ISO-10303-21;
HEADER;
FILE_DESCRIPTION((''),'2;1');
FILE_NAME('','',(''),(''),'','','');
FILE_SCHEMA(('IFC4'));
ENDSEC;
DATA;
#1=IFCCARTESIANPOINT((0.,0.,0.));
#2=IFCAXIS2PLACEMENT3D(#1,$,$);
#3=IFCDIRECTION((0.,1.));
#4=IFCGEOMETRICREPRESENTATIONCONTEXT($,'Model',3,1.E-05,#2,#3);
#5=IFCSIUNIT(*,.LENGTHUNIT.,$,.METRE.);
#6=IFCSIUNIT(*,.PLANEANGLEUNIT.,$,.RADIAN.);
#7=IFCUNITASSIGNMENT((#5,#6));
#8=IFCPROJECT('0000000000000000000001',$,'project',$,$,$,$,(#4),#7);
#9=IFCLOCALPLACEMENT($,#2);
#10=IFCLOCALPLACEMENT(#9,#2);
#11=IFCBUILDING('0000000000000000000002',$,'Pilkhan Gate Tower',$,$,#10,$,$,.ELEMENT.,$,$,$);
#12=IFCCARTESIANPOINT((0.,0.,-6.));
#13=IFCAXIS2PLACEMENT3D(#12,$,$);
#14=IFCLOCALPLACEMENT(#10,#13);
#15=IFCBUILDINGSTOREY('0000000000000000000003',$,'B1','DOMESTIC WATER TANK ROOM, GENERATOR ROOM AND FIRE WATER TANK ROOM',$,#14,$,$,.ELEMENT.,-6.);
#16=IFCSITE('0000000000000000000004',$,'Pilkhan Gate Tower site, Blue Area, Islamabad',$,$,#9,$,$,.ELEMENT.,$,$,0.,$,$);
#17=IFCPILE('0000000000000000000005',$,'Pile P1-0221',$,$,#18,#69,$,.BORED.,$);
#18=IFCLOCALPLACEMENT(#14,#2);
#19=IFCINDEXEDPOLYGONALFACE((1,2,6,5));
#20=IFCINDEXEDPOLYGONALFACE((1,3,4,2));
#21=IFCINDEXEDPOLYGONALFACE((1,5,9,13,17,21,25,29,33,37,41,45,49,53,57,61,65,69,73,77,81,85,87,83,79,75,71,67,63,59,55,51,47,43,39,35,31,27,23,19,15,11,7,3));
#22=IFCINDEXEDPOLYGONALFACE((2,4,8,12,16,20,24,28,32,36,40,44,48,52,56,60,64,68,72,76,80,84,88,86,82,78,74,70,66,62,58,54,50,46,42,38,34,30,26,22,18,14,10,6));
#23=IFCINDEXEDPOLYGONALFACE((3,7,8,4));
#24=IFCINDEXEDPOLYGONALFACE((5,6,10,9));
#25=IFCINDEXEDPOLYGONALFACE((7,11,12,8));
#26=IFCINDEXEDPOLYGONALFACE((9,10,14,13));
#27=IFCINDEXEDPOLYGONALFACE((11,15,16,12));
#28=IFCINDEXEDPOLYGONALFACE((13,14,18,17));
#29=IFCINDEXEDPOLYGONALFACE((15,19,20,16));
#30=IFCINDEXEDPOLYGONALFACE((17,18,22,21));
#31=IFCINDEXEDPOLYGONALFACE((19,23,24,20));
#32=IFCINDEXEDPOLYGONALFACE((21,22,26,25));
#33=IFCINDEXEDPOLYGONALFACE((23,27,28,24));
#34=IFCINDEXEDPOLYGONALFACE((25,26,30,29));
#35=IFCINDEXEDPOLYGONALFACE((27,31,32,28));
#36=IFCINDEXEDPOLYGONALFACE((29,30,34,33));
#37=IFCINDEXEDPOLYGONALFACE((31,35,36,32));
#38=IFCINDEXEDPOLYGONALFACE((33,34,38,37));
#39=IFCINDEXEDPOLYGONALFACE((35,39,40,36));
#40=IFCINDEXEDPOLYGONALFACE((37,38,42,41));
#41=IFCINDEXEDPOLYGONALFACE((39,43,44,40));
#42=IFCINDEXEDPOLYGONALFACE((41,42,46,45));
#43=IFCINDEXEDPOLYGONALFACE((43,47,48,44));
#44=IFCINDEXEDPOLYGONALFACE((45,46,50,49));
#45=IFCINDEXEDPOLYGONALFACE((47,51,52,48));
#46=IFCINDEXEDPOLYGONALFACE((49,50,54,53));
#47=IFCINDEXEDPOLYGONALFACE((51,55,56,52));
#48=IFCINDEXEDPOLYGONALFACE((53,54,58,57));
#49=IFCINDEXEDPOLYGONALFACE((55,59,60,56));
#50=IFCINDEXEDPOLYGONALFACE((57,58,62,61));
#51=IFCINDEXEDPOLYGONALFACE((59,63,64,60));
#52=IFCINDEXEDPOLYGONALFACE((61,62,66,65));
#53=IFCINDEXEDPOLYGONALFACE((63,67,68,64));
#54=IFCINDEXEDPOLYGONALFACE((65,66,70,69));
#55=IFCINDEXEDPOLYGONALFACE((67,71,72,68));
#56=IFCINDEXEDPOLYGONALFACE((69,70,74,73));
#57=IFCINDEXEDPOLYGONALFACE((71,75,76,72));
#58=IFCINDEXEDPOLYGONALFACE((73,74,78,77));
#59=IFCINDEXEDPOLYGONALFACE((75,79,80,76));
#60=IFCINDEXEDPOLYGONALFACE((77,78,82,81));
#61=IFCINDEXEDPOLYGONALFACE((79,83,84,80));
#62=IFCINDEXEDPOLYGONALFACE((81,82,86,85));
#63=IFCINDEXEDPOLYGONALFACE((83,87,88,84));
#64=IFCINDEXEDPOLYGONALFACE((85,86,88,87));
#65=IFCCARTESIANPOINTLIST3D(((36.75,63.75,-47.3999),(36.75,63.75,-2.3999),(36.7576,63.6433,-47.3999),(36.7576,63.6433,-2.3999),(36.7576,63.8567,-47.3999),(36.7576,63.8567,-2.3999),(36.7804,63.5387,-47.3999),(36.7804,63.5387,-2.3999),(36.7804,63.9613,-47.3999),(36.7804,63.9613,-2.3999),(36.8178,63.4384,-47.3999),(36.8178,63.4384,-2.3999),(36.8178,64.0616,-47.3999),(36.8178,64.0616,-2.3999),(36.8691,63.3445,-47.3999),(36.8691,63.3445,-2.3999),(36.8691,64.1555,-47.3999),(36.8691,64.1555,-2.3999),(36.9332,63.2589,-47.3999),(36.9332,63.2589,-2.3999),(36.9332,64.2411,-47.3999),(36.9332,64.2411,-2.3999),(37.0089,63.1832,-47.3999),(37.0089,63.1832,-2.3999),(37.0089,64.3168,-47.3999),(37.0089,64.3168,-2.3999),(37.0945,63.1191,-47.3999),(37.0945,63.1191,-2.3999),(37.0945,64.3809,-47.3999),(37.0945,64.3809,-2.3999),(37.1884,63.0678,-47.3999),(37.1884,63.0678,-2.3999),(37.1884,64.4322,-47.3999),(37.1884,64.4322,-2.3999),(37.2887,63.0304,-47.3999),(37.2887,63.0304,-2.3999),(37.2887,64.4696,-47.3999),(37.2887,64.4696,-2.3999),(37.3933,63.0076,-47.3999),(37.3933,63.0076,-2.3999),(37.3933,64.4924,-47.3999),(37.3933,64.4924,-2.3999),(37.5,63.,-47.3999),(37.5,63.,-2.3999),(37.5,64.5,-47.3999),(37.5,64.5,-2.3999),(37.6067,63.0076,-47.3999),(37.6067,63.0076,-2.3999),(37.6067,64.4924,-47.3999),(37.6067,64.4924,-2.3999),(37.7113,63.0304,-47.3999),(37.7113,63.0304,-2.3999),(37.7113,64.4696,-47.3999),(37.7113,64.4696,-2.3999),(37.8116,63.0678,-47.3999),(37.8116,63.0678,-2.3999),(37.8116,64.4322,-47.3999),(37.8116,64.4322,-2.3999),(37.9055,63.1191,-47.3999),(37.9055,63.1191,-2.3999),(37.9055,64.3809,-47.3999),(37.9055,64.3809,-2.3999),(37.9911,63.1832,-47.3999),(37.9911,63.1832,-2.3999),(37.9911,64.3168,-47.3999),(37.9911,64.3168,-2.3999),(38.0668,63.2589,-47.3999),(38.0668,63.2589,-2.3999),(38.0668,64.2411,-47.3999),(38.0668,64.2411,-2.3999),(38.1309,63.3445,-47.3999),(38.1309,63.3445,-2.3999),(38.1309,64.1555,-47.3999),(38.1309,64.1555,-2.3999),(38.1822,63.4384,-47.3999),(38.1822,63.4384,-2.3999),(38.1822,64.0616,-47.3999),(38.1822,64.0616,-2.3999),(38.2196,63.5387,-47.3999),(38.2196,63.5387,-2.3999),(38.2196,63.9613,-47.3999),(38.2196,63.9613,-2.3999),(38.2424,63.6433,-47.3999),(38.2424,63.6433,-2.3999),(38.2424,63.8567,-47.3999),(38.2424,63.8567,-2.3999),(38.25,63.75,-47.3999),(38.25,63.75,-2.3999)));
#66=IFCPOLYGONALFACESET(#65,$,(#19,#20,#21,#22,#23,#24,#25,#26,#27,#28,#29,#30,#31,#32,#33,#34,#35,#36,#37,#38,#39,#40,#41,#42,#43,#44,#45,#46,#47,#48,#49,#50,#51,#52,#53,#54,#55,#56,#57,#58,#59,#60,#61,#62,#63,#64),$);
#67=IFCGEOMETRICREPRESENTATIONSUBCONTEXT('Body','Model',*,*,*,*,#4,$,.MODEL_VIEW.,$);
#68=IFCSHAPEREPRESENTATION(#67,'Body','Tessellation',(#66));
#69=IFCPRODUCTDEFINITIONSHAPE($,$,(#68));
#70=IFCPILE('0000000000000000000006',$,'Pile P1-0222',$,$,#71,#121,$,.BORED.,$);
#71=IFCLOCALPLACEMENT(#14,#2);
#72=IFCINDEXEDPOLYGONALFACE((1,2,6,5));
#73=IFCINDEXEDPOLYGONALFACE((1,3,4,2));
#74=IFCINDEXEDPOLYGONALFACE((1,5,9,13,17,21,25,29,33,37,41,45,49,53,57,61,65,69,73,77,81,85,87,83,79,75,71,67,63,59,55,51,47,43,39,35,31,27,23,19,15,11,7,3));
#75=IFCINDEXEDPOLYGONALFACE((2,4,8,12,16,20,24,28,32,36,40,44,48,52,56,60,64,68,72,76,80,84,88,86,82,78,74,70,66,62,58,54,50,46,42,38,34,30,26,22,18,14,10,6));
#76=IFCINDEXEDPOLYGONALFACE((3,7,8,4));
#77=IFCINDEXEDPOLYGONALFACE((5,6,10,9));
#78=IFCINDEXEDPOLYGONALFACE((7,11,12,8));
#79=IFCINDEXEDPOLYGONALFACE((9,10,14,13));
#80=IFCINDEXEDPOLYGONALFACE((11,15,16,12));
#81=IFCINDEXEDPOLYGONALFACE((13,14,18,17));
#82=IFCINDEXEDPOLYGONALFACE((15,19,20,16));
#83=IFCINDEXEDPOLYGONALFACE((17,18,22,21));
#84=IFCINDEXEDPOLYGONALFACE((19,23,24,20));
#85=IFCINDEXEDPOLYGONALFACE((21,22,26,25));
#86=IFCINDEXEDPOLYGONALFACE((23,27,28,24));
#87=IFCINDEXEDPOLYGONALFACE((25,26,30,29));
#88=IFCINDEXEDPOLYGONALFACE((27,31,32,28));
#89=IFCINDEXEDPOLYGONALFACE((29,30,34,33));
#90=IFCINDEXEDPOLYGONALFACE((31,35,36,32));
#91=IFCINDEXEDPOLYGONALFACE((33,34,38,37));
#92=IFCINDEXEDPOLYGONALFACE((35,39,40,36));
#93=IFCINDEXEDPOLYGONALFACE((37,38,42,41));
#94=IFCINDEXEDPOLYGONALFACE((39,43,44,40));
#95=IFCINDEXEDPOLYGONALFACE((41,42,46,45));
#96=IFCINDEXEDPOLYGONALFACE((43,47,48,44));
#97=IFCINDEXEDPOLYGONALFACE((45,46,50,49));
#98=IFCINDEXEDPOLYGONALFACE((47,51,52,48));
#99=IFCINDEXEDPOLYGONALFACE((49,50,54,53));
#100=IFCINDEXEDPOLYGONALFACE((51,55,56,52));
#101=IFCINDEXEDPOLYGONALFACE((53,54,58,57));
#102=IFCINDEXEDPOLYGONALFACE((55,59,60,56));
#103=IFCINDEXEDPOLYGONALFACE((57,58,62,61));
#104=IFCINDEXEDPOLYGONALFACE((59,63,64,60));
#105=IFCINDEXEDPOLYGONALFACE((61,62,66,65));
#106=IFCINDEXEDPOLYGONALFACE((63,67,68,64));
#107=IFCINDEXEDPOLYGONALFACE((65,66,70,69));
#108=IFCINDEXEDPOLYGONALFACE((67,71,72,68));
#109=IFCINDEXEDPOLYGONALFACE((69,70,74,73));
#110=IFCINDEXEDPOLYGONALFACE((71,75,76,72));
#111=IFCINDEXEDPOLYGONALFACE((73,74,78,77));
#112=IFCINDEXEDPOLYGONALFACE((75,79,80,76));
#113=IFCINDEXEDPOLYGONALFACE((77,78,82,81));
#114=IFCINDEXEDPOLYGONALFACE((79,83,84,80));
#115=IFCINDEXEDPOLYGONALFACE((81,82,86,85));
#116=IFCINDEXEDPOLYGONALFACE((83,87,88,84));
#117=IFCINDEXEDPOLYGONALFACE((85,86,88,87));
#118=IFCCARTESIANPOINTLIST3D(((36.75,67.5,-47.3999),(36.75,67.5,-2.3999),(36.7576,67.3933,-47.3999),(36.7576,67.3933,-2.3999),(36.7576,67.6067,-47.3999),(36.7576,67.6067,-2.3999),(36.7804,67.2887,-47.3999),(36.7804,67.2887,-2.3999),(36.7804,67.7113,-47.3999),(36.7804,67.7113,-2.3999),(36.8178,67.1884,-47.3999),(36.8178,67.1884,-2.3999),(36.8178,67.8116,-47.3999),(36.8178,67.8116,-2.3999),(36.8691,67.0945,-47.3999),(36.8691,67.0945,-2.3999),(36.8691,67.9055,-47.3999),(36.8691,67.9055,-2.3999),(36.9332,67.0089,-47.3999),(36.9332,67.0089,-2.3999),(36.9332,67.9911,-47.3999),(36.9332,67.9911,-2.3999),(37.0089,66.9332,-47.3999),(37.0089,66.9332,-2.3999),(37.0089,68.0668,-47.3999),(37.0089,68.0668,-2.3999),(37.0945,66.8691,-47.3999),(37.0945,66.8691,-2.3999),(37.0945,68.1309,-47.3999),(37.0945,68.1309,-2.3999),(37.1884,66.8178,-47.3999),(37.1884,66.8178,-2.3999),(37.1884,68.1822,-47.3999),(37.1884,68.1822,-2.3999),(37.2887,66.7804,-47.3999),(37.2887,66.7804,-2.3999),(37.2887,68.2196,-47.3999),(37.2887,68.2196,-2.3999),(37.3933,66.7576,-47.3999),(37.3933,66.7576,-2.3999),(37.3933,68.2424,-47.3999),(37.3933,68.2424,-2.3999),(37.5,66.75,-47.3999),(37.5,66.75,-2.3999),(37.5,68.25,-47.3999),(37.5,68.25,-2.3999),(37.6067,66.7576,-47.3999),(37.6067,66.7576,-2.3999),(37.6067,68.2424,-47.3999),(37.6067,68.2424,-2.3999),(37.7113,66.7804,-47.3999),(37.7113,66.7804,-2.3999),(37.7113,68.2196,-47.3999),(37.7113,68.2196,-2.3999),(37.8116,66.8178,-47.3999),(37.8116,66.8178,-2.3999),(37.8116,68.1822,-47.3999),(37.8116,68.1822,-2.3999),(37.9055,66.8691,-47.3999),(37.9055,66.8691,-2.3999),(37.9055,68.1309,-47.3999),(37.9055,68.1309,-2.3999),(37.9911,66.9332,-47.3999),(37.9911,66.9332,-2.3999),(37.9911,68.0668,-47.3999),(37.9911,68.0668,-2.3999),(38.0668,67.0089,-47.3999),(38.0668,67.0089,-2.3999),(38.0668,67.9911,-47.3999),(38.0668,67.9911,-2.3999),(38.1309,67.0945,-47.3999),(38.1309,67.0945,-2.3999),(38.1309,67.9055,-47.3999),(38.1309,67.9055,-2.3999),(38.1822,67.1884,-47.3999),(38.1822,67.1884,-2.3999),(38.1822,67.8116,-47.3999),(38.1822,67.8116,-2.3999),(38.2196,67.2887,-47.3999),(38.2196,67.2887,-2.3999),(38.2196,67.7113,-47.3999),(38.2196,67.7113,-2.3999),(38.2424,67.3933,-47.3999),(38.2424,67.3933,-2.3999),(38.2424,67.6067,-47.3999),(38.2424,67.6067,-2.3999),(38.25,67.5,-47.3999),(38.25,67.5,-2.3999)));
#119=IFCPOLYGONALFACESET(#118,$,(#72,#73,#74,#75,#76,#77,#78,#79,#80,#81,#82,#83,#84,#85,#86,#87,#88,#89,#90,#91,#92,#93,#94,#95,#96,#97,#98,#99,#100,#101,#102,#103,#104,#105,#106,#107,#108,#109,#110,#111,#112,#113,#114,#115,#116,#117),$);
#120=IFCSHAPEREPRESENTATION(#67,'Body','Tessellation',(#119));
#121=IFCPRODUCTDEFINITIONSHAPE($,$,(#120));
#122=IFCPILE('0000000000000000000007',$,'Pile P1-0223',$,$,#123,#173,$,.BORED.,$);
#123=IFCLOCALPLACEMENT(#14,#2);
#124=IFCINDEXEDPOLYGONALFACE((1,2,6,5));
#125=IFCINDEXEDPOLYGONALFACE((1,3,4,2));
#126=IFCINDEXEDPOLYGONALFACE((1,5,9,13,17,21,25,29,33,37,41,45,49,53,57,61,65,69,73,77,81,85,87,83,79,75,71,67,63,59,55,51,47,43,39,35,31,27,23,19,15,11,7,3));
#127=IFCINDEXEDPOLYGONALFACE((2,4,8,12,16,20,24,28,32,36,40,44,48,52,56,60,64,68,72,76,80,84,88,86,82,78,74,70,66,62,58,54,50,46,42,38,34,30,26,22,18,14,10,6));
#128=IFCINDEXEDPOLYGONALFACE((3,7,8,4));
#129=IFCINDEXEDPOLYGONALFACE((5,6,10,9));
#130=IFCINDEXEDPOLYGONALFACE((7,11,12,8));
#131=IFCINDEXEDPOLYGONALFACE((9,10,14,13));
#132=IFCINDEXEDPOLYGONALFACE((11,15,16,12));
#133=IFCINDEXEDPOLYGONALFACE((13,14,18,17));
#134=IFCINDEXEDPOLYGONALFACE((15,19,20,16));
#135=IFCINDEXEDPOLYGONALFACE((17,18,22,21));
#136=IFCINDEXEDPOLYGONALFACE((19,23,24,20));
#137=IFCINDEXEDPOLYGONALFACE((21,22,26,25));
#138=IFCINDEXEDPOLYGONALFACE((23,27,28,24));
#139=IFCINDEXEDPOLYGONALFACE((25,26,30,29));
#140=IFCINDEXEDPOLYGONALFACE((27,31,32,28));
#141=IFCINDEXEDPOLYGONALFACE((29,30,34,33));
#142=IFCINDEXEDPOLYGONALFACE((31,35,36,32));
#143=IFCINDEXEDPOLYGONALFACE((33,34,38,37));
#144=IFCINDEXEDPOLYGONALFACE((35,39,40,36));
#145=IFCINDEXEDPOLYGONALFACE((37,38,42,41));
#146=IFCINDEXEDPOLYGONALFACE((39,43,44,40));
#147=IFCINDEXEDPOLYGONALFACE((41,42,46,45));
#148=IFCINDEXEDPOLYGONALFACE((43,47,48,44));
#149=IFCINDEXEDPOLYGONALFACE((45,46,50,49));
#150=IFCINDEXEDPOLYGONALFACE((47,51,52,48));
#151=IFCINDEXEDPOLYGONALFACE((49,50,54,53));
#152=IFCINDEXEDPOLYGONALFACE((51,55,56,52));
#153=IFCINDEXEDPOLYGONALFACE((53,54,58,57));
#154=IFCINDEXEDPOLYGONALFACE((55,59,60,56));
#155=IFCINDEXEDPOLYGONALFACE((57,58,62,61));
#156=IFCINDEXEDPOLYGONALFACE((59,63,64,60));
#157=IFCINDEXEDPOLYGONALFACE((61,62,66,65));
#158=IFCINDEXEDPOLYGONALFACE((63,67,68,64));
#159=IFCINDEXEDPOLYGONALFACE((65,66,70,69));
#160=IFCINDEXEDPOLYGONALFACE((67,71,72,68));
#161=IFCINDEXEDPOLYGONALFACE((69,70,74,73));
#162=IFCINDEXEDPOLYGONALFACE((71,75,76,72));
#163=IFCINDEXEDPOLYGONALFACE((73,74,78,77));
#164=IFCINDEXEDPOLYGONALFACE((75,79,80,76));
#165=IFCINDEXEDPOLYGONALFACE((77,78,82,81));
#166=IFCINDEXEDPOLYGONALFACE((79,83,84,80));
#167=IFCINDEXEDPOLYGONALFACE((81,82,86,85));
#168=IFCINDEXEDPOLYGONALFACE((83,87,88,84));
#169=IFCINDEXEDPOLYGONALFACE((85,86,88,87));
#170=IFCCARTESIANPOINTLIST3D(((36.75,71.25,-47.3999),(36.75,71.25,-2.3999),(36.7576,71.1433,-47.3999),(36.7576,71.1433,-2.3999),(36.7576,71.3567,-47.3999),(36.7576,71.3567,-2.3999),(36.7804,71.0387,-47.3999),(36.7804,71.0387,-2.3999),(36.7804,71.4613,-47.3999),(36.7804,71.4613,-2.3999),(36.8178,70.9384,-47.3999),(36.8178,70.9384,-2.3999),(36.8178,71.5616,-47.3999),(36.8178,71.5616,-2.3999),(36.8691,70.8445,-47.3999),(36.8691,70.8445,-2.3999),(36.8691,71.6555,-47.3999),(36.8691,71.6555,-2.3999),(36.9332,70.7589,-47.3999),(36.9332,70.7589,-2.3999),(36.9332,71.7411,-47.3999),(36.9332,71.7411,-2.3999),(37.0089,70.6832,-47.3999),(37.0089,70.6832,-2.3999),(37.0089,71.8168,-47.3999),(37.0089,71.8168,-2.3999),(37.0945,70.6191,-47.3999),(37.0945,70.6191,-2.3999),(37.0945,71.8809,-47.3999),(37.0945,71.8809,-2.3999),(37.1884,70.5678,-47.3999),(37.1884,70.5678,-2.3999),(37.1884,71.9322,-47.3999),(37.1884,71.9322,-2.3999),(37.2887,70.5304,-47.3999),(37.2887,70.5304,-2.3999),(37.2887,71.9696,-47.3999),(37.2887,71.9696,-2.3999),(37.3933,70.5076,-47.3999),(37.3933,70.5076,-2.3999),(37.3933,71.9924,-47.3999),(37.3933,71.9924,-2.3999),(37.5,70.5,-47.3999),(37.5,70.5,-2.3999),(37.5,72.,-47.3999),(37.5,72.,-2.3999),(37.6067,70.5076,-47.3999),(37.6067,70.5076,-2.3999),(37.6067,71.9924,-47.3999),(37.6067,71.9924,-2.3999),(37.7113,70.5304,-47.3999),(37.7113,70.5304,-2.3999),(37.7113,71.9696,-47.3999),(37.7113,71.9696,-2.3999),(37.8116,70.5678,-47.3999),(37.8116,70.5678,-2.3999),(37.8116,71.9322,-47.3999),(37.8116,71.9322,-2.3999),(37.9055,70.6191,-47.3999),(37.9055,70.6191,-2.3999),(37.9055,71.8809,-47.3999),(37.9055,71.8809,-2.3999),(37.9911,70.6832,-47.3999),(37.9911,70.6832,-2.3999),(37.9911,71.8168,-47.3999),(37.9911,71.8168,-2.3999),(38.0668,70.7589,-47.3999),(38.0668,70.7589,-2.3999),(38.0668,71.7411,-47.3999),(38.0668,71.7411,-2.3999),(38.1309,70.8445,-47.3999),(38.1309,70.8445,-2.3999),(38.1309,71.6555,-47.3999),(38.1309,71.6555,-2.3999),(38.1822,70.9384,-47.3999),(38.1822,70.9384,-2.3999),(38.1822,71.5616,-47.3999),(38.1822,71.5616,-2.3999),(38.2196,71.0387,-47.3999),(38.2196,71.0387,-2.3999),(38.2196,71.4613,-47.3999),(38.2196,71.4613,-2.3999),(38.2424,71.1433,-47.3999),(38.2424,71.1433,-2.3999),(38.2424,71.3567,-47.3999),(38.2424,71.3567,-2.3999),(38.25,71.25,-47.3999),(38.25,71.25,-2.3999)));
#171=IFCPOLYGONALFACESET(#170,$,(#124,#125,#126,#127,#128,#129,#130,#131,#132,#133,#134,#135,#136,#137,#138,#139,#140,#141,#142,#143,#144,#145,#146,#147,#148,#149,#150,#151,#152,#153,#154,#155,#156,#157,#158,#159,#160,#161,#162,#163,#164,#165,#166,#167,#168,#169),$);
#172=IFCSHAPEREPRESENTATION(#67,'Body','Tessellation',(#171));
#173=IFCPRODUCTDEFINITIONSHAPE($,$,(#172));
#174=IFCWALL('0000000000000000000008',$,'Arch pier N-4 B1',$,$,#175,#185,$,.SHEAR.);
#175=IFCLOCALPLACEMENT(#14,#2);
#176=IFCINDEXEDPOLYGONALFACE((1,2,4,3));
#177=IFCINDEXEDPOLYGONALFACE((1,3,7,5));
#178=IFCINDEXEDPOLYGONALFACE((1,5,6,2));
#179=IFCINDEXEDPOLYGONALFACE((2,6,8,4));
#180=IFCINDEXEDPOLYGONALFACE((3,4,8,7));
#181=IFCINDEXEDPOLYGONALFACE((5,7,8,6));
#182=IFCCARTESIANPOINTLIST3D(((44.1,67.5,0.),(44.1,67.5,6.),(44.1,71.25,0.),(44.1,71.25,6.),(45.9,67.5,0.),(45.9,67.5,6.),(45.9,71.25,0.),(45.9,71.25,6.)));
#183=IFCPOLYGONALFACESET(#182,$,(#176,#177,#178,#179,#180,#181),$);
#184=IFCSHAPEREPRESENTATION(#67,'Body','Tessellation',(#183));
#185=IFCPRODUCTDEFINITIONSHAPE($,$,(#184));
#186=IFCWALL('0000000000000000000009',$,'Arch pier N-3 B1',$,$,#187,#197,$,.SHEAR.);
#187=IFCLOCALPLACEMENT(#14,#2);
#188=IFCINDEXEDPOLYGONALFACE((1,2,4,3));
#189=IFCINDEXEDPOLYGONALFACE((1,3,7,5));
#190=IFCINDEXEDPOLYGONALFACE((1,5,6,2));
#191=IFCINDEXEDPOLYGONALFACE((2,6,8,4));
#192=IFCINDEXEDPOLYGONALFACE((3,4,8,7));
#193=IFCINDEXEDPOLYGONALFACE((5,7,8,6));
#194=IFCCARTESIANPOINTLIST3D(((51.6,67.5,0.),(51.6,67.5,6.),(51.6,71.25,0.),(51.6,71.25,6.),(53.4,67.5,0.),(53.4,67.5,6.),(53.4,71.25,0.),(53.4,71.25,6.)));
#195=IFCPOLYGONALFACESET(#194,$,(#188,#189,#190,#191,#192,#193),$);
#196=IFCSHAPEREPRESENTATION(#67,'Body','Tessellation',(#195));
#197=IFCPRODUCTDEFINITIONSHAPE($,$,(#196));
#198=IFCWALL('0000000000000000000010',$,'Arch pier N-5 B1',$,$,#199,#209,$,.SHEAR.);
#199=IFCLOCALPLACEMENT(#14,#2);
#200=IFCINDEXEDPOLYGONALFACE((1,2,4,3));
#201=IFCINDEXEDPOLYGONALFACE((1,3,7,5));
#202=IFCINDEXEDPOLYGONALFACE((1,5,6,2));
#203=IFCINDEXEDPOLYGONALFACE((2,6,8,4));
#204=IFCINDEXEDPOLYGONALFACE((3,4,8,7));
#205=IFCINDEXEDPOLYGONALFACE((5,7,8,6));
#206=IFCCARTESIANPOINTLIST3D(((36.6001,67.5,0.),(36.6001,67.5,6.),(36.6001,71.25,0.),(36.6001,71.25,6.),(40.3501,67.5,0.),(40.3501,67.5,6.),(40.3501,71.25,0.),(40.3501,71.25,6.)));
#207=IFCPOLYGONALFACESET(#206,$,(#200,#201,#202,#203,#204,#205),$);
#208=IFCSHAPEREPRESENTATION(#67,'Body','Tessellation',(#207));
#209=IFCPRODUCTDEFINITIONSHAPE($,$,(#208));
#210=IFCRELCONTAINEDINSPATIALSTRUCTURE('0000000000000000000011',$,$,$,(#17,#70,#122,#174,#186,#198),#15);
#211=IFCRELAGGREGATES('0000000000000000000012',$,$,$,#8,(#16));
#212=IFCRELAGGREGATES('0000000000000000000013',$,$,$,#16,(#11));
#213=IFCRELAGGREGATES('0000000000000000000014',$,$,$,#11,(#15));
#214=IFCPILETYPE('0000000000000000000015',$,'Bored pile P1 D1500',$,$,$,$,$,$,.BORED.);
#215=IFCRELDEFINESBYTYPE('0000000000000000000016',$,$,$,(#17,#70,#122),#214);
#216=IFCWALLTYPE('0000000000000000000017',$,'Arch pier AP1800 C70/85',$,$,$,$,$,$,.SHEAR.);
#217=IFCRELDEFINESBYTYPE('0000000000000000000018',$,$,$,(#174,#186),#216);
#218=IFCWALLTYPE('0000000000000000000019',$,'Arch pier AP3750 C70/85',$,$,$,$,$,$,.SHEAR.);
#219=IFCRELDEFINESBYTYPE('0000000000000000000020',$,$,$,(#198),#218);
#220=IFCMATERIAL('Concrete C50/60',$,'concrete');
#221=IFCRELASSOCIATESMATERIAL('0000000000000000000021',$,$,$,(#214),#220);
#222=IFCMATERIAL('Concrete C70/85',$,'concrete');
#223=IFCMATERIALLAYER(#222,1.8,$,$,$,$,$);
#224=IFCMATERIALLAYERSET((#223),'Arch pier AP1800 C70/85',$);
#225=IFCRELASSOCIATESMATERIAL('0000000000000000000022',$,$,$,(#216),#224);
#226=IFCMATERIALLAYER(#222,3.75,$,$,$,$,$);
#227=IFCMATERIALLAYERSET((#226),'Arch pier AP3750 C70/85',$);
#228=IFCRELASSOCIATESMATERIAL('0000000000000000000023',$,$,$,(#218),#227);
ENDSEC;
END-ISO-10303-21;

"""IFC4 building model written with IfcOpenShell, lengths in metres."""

from ifc_helpers import new_model, si_unit, direction, frame, frame_2d, origin, origin_2d, place, context, subcontext, project, spatial, rectangle, circle, extrude, material, layer, layer_set, material_profile, profile_set, type_object, element, save


model = new_model("IFC4")

# Units and contexts
model_context = context("Model", 3, precision=1e-05, world=origin(), true_north=direction((0.0, 1.0)))
body_context = subcontext(model_context, "Body", "Model", "MODEL_VIEW")
ifc_project = project(units=[si_unit("LENGTHUNIT", "METRE"), si_unit("PLANEANGLEUNIT", "RADIAN")], contexts=[model_context])

# Site, building, storey
site_placement = place(None, origin())
site = spatial("IfcSite", under=ifc_project, at=site_placement, Name="Pilkhan Gate Tower site, Blue Area, Islamabad", CompositionType="ELEMENT", RefElevation=0.0)
building_placement = place(site_placement, origin())
building = spatial("IfcBuilding", under=site, at=building_placement, Name="Pilkhan Gate Tower", CompositionType="ELEMENT")
storey_placement = place(building_placement, frame((0.0, 0.0, -6.0)))
storey = spatial("IfcBuildingStorey", under=building, at=storey_placement, Name="B1", Description="DOMESTIC WATER TANK ROOM, GENERATOR ROOM AND FIRE WATER TANK ROOM", CompositionType="ELEMENT", Elevation=-6.0)

# Piles
ifc_material_1 = material(Name="Concrete C50/60", Category="concrete")
ifc_material_profile = material_profile(ifc_material_1, circle(Radius=0.75, at=origin_2d()), Name="Bored pile 1500 dia")
ifc_profile_set = profile_set([ifc_material_profile], Name="Concrete C50/60")
pile_type = type_object("IfcPileType", Name="Bored pile P1 D1500", PredefinedType="BORED", material=ifc_profile_set)
for number, where, z_axis, x_axis, name in (
    (1, (37.5, 63.75, -2.3999), (0.0, 0.0, -1.0), (1.0, 0.0, 0.0), "Pile P1-0221"),
    (2, (37.5, 67.5, -2.3999), (0.0, 0.0, -1.0), (1.0, 0.0, 0.0), "Pile P1-0222"),
    (3, (37.5, 71.25, -2.3999), (0.0, 0.0, -1.0), (1.0, 0.0, 0.0), "Pile P1-0223"),
):
    element("IfcPile", number, at=place(storey_placement, frame(where, z_axis=z_axis, x_axis=x_axis)), inside=storey, type_object=pile_type, Name=name, PredefinedType="BORED", context=body_context, shape_type="SweptSolid", body=[
        extrude(circle(Radius=0.75, at=origin_2d()), origin(), (0.0, 0.0, 1.0), 45.0),
    ])

# Walls
ifc_material_2 = material(Name="Concrete C70/85", Category="concrete")
ifc_layer_1 = layer(ifc_material_2, 1.8)
ifc_layer_set_1 = layer_set([ifc_layer_1], Name="Arch pier AP1800 C70/85")
wall_type_1 = type_object("IfcWallType", Name="Arch pier AP1800 C70/85", PredefinedType="SHEAR", material=ifc_layer_set_1)
for number, where, z_axis, x_axis, name in (
    (4, (45.0, 67.5, 0.0), (0.0, 0.0, 1.0), (0.0, 1.0, 0.0), "Arch pier N-4 B1"),
    (5, (52.5, 67.5, 0.0), (0.0, 0.0, 1.0), (0.0, 1.0, 0.0), "Arch pier N-3 B1"),
):
    element("IfcWall", number, at=place(storey_placement, frame(where, z_axis=z_axis, x_axis=x_axis)), inside=storey, type_object=wall_type_1, Name=name, PredefinedType="SHEAR", context=body_context, shape_type="SweptSolid", body=[
        extrude(rectangle(XDim=3.75, YDim=1.8, at=frame_2d((1.875, 0.0))), origin(), (0.0, 0.0, 1.0), 6.0),
    ])
ifc_layer_2 = layer(ifc_material_2, 3.75)
ifc_layer_set_2 = layer_set([ifc_layer_2], Name="Arch pier AP3750 C70/85")
wall_type_2 = type_object("IfcWallType", Name="Arch pier AP3750 C70/85", PredefinedType="SHEAR", material=ifc_layer_set_2)
wall_1_placement = place(storey_placement, frame((38.4751, 67.5, 0.0), z_axis=(0.0, 0.0, 1.0), x_axis=(0.0, 1.0, 0.0)))
element("IfcWall", 6, at=wall_1_placement, inside=storey, type_object=wall_type_2, Name="Arch pier N-5 B1", PredefinedType="SHEAR", context=body_context, shape_type="SweptSolid", body=[
    extrude(rectangle(XDim=3.75, YDim=3.75, at=frame_2d((1.875, 0.0))), origin(), (0.0, 0.0, 1.0), 6.0),
])

save(model, "model.ifc")
